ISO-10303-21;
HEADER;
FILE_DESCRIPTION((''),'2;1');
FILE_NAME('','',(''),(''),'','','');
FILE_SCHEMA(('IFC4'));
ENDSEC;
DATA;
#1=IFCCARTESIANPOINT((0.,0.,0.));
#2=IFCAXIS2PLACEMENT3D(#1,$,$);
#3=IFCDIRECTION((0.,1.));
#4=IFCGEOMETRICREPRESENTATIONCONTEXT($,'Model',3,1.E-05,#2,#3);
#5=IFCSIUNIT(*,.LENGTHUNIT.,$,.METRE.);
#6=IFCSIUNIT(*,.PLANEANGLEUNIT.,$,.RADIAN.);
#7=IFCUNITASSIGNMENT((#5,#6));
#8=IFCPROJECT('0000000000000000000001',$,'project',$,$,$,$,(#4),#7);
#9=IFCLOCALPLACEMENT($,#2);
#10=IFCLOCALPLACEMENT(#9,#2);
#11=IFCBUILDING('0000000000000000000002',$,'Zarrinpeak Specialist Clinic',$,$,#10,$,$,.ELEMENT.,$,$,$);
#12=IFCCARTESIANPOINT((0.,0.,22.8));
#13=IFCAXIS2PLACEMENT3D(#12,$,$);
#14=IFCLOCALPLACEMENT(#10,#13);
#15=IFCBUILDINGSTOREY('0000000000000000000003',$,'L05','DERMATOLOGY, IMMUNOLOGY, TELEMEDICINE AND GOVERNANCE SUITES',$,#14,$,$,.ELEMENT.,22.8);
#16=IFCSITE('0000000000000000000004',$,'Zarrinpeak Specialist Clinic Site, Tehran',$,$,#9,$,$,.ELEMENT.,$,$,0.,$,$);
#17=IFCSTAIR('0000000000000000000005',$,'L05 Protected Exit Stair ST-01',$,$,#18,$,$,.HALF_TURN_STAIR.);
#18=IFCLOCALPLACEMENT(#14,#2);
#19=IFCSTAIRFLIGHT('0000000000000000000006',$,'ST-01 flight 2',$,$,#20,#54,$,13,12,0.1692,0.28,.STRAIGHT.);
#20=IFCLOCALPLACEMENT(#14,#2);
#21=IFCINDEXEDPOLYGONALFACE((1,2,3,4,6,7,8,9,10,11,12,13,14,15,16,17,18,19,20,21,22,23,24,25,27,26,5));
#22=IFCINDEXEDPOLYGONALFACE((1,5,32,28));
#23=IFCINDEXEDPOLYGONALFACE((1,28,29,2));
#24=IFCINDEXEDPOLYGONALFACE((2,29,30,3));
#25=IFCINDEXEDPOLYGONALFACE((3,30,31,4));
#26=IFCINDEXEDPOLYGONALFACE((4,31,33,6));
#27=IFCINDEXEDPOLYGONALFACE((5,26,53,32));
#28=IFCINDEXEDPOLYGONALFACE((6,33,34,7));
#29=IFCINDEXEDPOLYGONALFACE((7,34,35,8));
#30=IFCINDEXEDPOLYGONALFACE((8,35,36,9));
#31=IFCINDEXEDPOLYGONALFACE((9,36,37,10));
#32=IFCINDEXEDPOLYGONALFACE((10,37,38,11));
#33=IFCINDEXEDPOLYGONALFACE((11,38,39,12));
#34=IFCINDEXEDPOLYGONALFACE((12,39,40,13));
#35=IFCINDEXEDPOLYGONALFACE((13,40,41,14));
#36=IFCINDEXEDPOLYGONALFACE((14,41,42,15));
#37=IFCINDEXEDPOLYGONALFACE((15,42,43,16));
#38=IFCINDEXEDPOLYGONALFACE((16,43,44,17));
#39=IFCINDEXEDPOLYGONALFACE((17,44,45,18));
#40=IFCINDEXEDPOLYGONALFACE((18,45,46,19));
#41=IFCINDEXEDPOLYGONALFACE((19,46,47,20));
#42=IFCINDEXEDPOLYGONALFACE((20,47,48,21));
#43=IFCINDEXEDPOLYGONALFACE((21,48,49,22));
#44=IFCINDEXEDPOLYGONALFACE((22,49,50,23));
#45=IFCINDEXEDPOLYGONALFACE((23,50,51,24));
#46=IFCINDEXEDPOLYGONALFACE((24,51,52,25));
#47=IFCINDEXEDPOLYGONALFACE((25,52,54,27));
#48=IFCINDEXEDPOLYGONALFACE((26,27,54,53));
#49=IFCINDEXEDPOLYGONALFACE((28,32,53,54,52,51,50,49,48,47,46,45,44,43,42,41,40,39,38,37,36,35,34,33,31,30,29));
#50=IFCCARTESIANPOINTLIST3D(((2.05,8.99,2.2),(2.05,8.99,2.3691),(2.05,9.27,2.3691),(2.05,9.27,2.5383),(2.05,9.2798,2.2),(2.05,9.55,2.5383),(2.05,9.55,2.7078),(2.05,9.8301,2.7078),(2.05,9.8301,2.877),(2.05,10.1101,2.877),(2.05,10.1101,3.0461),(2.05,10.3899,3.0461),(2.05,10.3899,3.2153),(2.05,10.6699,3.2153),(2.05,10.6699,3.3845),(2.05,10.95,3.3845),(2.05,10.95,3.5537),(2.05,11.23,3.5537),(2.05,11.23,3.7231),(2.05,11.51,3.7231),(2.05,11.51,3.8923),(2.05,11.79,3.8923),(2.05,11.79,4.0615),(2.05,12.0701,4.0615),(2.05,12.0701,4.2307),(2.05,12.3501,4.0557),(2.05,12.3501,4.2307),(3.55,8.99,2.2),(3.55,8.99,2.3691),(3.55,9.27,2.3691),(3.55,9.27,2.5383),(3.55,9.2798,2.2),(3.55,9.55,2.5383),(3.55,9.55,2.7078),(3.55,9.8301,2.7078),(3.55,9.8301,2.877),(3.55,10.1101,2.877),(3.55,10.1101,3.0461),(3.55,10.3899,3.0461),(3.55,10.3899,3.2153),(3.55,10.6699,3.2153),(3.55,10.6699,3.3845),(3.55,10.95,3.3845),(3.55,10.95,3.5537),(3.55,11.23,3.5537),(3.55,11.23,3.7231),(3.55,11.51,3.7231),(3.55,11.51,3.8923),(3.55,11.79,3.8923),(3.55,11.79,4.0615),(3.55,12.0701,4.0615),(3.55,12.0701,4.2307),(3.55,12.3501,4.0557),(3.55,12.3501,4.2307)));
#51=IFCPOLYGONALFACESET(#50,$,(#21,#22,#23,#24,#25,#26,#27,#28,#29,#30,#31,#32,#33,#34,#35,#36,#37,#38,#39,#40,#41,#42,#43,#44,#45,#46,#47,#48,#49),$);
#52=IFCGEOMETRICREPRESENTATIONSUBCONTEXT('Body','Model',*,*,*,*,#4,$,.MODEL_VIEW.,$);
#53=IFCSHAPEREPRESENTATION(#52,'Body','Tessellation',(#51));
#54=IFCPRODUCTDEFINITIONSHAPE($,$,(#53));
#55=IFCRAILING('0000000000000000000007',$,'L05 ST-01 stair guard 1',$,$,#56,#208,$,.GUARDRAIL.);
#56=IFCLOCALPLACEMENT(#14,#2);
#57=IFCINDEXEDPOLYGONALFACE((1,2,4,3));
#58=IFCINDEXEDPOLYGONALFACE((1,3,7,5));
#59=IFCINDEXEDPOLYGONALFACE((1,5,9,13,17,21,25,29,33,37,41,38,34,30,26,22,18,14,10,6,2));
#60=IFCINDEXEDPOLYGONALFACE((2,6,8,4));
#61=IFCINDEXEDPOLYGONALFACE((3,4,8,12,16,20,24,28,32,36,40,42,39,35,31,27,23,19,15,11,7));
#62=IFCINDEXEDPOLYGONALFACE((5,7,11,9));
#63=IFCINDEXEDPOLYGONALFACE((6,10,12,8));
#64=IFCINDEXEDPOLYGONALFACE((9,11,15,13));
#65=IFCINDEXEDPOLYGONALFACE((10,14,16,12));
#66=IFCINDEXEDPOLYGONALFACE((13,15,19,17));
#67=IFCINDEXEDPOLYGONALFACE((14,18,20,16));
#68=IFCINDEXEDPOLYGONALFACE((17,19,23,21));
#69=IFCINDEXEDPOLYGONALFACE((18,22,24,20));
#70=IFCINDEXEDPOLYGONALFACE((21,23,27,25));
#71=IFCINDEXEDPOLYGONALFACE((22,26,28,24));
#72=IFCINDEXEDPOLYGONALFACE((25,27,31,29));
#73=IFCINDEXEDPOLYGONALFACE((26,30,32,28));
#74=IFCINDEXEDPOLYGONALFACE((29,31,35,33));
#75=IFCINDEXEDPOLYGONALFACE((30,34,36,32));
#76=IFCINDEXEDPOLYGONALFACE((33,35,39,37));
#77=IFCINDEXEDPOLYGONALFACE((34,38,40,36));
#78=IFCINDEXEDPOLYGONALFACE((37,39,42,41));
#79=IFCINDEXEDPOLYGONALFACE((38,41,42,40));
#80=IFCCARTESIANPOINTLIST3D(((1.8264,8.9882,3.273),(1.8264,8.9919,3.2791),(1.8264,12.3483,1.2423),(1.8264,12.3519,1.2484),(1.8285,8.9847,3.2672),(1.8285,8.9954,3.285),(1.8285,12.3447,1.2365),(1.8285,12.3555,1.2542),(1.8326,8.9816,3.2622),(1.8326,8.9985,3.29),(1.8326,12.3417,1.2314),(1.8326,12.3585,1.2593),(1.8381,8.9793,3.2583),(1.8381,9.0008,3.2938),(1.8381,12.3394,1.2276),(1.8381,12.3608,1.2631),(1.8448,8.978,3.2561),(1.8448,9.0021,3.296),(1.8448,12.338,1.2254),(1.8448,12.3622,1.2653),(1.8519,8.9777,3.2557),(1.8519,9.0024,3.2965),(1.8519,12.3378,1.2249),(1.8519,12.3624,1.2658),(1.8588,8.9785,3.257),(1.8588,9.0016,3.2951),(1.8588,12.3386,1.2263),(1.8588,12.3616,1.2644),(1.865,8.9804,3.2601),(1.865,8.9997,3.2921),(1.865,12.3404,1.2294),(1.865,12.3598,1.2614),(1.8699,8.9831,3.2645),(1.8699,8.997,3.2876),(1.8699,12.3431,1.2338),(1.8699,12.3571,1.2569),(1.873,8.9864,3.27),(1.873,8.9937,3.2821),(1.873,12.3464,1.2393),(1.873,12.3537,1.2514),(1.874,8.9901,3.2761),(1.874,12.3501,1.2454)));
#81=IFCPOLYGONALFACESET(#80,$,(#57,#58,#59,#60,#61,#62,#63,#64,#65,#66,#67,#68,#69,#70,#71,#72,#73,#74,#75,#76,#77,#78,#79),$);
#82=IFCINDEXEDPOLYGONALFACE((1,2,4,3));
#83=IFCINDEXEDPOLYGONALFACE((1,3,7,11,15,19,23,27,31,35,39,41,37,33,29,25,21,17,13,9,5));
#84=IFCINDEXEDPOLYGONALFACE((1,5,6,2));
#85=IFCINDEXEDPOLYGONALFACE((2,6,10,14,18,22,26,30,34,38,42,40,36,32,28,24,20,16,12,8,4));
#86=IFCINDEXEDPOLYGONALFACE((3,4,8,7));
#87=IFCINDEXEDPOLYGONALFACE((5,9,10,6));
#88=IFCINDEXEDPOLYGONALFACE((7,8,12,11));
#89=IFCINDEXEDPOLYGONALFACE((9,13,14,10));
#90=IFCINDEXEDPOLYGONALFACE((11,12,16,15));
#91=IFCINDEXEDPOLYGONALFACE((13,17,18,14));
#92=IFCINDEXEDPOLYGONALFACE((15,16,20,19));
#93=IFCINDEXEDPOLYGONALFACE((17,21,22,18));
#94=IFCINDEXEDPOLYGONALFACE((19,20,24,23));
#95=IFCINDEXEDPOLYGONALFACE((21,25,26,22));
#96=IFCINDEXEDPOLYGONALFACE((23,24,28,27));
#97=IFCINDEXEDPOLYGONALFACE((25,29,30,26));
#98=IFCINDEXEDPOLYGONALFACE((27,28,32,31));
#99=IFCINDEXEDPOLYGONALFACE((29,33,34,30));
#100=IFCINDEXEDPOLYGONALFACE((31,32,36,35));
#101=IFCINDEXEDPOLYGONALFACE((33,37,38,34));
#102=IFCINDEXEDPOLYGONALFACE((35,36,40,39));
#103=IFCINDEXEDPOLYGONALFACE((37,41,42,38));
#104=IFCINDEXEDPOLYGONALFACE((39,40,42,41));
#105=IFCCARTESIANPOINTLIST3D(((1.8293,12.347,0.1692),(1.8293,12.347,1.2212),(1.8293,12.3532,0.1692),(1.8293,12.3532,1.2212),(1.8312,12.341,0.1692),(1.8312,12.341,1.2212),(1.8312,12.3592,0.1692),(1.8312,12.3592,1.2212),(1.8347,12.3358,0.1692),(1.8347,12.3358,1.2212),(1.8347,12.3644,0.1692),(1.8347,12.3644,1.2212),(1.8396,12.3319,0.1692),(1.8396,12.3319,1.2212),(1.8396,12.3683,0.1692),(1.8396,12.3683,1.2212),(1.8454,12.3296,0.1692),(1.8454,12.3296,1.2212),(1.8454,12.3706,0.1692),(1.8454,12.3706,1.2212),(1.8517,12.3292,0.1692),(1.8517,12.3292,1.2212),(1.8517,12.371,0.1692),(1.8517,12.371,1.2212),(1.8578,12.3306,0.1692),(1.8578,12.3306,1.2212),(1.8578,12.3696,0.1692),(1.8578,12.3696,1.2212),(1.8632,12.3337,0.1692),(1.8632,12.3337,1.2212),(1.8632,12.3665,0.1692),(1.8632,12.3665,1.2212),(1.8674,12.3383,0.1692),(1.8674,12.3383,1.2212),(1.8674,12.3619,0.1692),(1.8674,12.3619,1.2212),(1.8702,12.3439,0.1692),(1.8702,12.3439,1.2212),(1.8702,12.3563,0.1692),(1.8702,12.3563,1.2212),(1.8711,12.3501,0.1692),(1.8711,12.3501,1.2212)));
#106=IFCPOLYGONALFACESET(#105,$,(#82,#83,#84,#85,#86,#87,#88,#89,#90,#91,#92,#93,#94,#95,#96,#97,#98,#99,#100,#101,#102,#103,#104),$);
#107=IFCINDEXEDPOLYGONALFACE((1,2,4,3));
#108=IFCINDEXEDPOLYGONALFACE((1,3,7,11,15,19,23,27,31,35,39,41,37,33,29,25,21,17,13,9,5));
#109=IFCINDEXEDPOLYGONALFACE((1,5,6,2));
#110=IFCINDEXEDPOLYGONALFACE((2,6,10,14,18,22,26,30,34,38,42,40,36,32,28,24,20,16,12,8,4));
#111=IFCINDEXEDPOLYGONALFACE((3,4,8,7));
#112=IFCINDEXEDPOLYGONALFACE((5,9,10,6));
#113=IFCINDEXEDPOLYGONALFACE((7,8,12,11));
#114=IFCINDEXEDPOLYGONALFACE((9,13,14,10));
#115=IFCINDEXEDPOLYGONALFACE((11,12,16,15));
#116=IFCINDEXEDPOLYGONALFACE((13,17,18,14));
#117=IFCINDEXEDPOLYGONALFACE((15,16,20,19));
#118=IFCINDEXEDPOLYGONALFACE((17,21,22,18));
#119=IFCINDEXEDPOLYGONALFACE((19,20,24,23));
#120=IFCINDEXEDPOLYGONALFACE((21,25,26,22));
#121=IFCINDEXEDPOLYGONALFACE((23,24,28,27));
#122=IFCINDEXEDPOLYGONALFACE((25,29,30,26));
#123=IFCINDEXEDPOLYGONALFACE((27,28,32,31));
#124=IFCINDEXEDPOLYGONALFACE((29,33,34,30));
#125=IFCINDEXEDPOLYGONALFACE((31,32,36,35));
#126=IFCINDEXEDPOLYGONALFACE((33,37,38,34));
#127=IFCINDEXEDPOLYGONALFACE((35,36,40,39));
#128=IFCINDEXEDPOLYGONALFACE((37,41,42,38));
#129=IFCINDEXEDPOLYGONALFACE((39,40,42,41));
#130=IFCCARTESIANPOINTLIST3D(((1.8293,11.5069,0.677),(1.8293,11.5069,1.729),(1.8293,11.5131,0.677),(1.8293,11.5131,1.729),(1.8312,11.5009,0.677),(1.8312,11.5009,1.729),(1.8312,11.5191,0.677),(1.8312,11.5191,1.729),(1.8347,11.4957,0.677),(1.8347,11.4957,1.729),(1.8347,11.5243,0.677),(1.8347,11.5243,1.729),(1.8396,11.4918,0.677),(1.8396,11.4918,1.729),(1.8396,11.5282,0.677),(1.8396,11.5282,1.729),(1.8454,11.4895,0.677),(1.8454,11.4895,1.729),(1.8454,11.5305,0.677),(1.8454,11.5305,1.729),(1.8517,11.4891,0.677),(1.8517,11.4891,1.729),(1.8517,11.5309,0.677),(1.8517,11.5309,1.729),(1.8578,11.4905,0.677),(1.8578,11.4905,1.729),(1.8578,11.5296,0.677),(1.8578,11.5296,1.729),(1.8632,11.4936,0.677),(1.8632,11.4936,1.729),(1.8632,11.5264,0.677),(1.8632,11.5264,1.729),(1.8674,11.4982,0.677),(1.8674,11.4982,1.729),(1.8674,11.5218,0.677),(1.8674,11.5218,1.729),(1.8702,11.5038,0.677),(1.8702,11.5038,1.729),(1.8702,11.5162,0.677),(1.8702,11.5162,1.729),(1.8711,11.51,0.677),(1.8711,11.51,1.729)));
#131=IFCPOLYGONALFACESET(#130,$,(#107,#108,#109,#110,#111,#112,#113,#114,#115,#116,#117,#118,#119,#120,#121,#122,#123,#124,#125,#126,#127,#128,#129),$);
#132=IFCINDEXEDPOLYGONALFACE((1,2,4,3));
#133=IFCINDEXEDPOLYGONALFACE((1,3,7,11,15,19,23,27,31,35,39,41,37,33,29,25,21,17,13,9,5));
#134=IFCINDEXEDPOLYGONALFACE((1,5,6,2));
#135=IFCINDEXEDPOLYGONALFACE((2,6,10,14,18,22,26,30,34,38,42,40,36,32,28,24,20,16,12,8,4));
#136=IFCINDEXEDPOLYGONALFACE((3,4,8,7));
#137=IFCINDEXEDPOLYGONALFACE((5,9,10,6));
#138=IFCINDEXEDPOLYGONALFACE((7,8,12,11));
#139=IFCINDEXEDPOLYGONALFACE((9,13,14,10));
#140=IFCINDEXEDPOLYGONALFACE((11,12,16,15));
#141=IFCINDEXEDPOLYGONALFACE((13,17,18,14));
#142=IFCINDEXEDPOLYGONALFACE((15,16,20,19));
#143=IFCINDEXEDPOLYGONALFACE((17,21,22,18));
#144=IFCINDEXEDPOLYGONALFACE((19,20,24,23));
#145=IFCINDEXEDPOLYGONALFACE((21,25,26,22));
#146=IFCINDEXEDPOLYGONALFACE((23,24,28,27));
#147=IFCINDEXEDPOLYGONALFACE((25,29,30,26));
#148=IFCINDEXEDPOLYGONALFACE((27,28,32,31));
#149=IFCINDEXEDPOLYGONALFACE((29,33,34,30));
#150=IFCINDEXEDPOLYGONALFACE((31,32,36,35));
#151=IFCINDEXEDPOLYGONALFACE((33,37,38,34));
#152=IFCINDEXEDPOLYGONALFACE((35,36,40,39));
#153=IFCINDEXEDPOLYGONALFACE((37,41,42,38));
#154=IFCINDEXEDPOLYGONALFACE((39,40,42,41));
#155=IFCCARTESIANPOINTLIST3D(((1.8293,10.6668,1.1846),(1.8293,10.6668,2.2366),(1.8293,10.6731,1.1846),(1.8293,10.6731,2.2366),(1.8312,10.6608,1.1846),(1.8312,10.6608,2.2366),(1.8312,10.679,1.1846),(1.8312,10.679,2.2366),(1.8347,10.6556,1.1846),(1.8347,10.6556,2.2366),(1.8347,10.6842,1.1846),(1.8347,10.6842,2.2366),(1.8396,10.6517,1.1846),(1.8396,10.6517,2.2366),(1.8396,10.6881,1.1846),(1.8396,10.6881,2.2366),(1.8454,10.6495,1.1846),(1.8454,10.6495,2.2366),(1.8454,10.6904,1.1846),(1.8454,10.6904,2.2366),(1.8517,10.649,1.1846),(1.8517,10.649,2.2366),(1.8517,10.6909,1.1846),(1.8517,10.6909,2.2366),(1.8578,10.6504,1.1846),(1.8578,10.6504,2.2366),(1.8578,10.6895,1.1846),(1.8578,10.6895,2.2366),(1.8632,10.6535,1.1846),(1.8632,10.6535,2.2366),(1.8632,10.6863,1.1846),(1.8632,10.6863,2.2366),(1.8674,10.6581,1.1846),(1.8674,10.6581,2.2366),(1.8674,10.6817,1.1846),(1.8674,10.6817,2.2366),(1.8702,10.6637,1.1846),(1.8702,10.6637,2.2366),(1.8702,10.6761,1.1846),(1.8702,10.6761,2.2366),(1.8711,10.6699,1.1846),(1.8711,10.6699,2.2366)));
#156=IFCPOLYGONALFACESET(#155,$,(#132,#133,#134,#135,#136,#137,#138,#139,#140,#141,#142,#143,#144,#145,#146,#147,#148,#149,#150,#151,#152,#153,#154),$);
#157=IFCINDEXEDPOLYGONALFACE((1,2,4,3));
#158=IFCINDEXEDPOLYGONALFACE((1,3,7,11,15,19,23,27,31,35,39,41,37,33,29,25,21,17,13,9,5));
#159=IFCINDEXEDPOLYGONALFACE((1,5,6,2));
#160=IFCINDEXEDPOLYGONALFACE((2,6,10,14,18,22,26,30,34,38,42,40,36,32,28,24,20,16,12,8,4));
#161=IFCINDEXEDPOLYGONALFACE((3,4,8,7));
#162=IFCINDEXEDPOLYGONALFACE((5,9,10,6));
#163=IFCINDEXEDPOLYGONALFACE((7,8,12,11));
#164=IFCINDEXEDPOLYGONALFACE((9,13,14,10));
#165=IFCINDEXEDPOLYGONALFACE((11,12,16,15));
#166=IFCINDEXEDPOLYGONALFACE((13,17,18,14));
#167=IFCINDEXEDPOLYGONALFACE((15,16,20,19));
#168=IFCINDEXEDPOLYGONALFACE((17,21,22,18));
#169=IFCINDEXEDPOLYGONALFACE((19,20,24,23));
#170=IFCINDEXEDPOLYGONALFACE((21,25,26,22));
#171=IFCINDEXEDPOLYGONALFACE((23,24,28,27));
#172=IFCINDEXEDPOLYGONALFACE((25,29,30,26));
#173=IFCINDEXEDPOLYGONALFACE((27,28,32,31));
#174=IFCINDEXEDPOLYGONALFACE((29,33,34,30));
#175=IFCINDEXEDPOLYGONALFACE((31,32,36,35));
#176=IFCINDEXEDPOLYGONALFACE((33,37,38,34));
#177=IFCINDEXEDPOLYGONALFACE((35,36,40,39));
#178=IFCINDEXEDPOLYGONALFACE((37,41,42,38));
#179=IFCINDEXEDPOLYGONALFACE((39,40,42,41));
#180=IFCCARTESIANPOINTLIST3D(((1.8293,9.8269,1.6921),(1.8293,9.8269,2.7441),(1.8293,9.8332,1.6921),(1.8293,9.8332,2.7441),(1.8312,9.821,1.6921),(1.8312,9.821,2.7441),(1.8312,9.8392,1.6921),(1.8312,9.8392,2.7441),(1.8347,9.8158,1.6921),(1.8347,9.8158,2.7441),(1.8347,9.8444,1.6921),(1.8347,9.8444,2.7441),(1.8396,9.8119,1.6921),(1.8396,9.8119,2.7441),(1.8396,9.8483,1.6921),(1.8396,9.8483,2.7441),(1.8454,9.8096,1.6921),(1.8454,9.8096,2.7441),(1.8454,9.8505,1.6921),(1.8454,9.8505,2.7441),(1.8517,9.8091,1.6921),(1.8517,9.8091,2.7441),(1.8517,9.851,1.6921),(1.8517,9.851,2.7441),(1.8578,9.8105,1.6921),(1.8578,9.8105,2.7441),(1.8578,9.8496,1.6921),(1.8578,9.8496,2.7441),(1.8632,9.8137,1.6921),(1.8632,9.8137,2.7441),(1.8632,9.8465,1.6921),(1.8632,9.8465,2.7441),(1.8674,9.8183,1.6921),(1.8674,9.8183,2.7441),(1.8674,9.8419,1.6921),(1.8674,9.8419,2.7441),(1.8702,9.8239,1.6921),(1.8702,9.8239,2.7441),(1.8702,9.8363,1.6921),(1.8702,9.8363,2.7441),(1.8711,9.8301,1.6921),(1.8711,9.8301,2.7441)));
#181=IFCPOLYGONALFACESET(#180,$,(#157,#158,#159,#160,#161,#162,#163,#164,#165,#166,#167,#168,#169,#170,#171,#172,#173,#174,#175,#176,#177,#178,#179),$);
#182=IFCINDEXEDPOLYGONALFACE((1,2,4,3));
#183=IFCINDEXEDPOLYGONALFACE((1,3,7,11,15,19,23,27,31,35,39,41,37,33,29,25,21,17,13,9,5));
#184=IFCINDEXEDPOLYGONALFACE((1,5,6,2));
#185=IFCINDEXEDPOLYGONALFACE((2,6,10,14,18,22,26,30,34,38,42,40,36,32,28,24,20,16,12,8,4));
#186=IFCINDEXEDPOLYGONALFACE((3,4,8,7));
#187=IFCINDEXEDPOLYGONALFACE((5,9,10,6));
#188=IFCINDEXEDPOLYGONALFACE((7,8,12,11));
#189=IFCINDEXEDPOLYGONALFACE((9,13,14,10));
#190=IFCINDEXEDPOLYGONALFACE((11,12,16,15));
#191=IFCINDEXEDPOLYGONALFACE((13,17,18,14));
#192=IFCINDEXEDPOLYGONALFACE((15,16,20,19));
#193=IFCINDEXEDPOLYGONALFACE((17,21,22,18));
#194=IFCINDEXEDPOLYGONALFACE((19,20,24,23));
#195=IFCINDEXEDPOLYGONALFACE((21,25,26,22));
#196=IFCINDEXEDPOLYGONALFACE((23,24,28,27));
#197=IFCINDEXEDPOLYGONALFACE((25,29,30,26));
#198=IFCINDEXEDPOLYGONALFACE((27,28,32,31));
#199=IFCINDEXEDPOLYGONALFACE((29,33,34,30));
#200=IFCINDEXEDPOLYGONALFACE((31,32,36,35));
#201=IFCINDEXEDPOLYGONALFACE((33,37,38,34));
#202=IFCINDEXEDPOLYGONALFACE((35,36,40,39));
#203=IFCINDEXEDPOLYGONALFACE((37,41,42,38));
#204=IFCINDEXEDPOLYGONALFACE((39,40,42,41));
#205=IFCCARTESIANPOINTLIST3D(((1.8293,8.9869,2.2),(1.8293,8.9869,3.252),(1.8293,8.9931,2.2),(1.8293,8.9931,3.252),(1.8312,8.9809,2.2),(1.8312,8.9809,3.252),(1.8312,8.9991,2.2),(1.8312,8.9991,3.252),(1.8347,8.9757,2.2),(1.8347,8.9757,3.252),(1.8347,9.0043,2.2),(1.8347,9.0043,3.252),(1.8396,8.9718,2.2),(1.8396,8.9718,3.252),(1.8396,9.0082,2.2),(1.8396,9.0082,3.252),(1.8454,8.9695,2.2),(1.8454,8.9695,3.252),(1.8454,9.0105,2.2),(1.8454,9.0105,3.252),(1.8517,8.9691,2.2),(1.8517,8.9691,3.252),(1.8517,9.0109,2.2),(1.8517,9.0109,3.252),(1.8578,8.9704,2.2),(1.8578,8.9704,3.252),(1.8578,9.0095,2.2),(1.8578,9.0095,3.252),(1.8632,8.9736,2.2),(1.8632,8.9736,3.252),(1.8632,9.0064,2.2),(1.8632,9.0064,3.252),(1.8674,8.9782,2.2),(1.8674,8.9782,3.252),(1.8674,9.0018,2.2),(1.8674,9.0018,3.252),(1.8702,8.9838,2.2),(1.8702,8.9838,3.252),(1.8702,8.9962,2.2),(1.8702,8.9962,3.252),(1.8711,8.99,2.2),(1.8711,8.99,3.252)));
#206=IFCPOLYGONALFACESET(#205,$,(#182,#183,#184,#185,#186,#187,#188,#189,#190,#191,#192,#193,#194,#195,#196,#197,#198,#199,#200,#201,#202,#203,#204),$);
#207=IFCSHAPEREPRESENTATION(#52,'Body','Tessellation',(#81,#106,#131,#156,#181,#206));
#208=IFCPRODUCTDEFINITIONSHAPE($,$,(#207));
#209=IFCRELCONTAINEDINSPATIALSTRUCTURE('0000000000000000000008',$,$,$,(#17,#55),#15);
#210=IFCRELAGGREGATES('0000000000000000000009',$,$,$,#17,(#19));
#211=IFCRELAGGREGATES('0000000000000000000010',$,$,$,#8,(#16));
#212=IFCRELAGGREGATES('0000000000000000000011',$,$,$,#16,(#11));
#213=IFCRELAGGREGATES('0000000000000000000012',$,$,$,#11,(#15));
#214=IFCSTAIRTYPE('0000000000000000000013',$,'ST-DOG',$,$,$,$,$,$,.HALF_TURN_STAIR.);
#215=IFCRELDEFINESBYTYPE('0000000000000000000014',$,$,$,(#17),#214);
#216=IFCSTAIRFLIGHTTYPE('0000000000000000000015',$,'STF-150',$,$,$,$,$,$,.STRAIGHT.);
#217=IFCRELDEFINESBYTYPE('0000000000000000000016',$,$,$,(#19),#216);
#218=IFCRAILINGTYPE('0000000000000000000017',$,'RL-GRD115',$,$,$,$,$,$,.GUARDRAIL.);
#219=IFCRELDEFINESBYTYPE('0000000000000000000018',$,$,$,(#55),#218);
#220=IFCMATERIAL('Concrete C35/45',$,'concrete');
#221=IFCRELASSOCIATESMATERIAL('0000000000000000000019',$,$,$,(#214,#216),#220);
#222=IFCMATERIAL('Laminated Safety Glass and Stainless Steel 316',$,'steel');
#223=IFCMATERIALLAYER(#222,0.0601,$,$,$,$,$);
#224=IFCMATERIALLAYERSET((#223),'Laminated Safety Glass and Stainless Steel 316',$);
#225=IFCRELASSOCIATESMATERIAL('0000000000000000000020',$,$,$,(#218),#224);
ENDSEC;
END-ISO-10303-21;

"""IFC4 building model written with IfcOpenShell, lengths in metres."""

from ifc_helpers import new_model, si_unit, direction, frame, origin, origin_2d, place, context, subcontext, project, spatial, polyline, circle, outline, extrude, material, layer, layer_set, type_object, element, aggregate, save


model = new_model("IFC4")

# Units and contexts
model_context = context("Model", 3, precision=1e-05, world=origin(), true_north=direction((0.0, 1.0)))
body_context = subcontext(model_context, "Body", "Model", "MODEL_VIEW")
ifc_project = project(units=[si_unit("LENGTHUNIT", "METRE"), si_unit("PLANEANGLEUNIT", "RADIAN")], contexts=[model_context])

# Site, building, storey
site_placement = place(None, origin())
site = spatial("IfcSite", under=ifc_project, at=site_placement, Name="Zarrinpeak Specialist Clinic Site, Tehran", CompositionType="ELEMENT", RefElevation=0.0)
building_placement = place(site_placement, origin())
building = spatial("IfcBuilding", under=site, at=building_placement, Name="Zarrinpeak Specialist Clinic", CompositionType="ELEMENT")
storey_placement = place(building_placement, frame((0.0, 0.0, 22.8)))
storey = spatial("IfcBuildingStorey", under=building, at=storey_placement, Name="L05", Description="DERMATOLOGY, IMMUNOLOGY, TELEMEDICINE AND GOVERNANCE SUITES", CompositionType="ELEMENT", Elevation=22.8)

# Stair, stair flight
ifc_material_1 = material(Name="Concrete C35/45", Category="concrete")
stair_type = type_object("IfcStairType", Name="ST-DOG", PredefinedType="HALF_TURN_STAIR", material=ifc_material_1)
stair_placement = place(storey_placement, origin())
stair = element("IfcStair", 1, at=stair_placement, inside=storey, type_object=stair_type, Name="L05 Protected Exit Stair ST-01", PredefinedType="HALF_TURN_STAIR")
stair_flight_type = type_object("IfcStairFlightType", Name="STF-150", PredefinedType="STRAIGHT", material=ifc_material_1)
stair_flight_1_placement = place(storey_placement, frame((2.8, 8.99, 2.2), z_axis=(0.0, 0.0, 1.0), x_axis=(0.0, 1.0, 0.0)))
stair_flight_1 = element("IfcStairFlight", 2, at=stair_flight_1_placement, type_object=stair_flight_type, Name="ST-01 flight 2", NumberOfRisers=13, NumberOfTreads=12, PredefinedType="STRAIGHT", RiserHeight=0.1692, TreadLength=0.28, context=body_context, shape_type="SweptSolid", body=[
    extrude(outline(polyline([(0.0, 0.0), (0.0, 0.1692), (0.28, 0.1692), (0.28, 0.3384), (0.5601, 0.3384), (0.5601, 0.5078), (0.8401, 0.5078), (0.8401, 0.677), (1.1201, 0.677), (1.1201, 0.8462), (1.3999, 0.8462), (1.3999, 1.0154), (1.6799, 1.0154), (1.6799, 1.1846), (1.96, 1.1846), (1.96, 1.3538), (2.24, 1.3538), (2.24, 1.5232), (2.52, 1.5232), (2.52, 1.6924), (2.8, 1.6924), (2.8, 1.8616), (3.0801, 1.8616), (3.0801, 2.0308), (3.3601, 2.0308), (3.3601, 2.2), (3.3601, 1.8557), (0.2898, 0.0), (0.0, 0.0)])), frame((0.0, 0.75, 0.0), z_axis=(0.0, -1.0, 0.0), x_axis=(1.0, 0.0, 0.0)), (0.0, 0.0, 1.0), 1.5),
])
aggregate(stair, [stair_flight_1])

# Railing
ifc_material_2 = material(Name="Laminated Safety Glass and Stainless Steel 316", Category="steel")
ifc_layer_1 = layer(ifc_material_2, 0.0601)
ifc_layer_set_1 = layer_set([ifc_layer_1], Name="Laminated Safety Glass and Stainless Steel 316")
railing_type_1 = type_object("IfcRailingType", Name="RL-GRD115", PredefinedType="GUARDRAIL", material=ifc_layer_set_1)
railing_1_placement = place(storey_placement, frame((1.8501, 12.3501, 0.1692)))
element("IfcRailing", 3, at=railing_1_placement, inside=storey, type_object=railing_type_1, Name="L05 ST-01 stair guard 1", PredefinedType="GUARDRAIL", context=body_context, shape_type="SweptSolid", body=[
    extrude(circle(Radius=0.0239, at=origin_2d()), frame((0.0, 0.0, 1.0762), z_axis=(0.0, -0.855837, 0.517246), x_axis=(1.0, 0.0, 0.0)), (0.0, 0.0, 1.0), 3.926),
    extrude(circle(Radius=0.021, at=origin_2d()), origin(), (0.0, 0.0, 1.0), 1.052),
    extrude(circle(Radius=0.021, at=origin_2d()), frame((0.0, -0.8401, 0.5078)), (0.0, 0.0, 1.0), 1.052),
    extrude(circle(Radius=0.021, at=origin_2d()), frame((0.0, -1.6802, 1.0154)), (0.0, 0.0, 1.0), 1.052),
    extrude(circle(Radius=0.021, at=origin_2d()), frame((0.0, -2.52, 1.5229)), (0.0, 0.0, 1.0), 1.052),
    extrude(circle(Radius=0.021, at=origin_2d()), frame((0.0, -3.3601, 2.0308)), (0.0, 0.0, 1.0), 1.052),
])

save(model, "model.ifc")
